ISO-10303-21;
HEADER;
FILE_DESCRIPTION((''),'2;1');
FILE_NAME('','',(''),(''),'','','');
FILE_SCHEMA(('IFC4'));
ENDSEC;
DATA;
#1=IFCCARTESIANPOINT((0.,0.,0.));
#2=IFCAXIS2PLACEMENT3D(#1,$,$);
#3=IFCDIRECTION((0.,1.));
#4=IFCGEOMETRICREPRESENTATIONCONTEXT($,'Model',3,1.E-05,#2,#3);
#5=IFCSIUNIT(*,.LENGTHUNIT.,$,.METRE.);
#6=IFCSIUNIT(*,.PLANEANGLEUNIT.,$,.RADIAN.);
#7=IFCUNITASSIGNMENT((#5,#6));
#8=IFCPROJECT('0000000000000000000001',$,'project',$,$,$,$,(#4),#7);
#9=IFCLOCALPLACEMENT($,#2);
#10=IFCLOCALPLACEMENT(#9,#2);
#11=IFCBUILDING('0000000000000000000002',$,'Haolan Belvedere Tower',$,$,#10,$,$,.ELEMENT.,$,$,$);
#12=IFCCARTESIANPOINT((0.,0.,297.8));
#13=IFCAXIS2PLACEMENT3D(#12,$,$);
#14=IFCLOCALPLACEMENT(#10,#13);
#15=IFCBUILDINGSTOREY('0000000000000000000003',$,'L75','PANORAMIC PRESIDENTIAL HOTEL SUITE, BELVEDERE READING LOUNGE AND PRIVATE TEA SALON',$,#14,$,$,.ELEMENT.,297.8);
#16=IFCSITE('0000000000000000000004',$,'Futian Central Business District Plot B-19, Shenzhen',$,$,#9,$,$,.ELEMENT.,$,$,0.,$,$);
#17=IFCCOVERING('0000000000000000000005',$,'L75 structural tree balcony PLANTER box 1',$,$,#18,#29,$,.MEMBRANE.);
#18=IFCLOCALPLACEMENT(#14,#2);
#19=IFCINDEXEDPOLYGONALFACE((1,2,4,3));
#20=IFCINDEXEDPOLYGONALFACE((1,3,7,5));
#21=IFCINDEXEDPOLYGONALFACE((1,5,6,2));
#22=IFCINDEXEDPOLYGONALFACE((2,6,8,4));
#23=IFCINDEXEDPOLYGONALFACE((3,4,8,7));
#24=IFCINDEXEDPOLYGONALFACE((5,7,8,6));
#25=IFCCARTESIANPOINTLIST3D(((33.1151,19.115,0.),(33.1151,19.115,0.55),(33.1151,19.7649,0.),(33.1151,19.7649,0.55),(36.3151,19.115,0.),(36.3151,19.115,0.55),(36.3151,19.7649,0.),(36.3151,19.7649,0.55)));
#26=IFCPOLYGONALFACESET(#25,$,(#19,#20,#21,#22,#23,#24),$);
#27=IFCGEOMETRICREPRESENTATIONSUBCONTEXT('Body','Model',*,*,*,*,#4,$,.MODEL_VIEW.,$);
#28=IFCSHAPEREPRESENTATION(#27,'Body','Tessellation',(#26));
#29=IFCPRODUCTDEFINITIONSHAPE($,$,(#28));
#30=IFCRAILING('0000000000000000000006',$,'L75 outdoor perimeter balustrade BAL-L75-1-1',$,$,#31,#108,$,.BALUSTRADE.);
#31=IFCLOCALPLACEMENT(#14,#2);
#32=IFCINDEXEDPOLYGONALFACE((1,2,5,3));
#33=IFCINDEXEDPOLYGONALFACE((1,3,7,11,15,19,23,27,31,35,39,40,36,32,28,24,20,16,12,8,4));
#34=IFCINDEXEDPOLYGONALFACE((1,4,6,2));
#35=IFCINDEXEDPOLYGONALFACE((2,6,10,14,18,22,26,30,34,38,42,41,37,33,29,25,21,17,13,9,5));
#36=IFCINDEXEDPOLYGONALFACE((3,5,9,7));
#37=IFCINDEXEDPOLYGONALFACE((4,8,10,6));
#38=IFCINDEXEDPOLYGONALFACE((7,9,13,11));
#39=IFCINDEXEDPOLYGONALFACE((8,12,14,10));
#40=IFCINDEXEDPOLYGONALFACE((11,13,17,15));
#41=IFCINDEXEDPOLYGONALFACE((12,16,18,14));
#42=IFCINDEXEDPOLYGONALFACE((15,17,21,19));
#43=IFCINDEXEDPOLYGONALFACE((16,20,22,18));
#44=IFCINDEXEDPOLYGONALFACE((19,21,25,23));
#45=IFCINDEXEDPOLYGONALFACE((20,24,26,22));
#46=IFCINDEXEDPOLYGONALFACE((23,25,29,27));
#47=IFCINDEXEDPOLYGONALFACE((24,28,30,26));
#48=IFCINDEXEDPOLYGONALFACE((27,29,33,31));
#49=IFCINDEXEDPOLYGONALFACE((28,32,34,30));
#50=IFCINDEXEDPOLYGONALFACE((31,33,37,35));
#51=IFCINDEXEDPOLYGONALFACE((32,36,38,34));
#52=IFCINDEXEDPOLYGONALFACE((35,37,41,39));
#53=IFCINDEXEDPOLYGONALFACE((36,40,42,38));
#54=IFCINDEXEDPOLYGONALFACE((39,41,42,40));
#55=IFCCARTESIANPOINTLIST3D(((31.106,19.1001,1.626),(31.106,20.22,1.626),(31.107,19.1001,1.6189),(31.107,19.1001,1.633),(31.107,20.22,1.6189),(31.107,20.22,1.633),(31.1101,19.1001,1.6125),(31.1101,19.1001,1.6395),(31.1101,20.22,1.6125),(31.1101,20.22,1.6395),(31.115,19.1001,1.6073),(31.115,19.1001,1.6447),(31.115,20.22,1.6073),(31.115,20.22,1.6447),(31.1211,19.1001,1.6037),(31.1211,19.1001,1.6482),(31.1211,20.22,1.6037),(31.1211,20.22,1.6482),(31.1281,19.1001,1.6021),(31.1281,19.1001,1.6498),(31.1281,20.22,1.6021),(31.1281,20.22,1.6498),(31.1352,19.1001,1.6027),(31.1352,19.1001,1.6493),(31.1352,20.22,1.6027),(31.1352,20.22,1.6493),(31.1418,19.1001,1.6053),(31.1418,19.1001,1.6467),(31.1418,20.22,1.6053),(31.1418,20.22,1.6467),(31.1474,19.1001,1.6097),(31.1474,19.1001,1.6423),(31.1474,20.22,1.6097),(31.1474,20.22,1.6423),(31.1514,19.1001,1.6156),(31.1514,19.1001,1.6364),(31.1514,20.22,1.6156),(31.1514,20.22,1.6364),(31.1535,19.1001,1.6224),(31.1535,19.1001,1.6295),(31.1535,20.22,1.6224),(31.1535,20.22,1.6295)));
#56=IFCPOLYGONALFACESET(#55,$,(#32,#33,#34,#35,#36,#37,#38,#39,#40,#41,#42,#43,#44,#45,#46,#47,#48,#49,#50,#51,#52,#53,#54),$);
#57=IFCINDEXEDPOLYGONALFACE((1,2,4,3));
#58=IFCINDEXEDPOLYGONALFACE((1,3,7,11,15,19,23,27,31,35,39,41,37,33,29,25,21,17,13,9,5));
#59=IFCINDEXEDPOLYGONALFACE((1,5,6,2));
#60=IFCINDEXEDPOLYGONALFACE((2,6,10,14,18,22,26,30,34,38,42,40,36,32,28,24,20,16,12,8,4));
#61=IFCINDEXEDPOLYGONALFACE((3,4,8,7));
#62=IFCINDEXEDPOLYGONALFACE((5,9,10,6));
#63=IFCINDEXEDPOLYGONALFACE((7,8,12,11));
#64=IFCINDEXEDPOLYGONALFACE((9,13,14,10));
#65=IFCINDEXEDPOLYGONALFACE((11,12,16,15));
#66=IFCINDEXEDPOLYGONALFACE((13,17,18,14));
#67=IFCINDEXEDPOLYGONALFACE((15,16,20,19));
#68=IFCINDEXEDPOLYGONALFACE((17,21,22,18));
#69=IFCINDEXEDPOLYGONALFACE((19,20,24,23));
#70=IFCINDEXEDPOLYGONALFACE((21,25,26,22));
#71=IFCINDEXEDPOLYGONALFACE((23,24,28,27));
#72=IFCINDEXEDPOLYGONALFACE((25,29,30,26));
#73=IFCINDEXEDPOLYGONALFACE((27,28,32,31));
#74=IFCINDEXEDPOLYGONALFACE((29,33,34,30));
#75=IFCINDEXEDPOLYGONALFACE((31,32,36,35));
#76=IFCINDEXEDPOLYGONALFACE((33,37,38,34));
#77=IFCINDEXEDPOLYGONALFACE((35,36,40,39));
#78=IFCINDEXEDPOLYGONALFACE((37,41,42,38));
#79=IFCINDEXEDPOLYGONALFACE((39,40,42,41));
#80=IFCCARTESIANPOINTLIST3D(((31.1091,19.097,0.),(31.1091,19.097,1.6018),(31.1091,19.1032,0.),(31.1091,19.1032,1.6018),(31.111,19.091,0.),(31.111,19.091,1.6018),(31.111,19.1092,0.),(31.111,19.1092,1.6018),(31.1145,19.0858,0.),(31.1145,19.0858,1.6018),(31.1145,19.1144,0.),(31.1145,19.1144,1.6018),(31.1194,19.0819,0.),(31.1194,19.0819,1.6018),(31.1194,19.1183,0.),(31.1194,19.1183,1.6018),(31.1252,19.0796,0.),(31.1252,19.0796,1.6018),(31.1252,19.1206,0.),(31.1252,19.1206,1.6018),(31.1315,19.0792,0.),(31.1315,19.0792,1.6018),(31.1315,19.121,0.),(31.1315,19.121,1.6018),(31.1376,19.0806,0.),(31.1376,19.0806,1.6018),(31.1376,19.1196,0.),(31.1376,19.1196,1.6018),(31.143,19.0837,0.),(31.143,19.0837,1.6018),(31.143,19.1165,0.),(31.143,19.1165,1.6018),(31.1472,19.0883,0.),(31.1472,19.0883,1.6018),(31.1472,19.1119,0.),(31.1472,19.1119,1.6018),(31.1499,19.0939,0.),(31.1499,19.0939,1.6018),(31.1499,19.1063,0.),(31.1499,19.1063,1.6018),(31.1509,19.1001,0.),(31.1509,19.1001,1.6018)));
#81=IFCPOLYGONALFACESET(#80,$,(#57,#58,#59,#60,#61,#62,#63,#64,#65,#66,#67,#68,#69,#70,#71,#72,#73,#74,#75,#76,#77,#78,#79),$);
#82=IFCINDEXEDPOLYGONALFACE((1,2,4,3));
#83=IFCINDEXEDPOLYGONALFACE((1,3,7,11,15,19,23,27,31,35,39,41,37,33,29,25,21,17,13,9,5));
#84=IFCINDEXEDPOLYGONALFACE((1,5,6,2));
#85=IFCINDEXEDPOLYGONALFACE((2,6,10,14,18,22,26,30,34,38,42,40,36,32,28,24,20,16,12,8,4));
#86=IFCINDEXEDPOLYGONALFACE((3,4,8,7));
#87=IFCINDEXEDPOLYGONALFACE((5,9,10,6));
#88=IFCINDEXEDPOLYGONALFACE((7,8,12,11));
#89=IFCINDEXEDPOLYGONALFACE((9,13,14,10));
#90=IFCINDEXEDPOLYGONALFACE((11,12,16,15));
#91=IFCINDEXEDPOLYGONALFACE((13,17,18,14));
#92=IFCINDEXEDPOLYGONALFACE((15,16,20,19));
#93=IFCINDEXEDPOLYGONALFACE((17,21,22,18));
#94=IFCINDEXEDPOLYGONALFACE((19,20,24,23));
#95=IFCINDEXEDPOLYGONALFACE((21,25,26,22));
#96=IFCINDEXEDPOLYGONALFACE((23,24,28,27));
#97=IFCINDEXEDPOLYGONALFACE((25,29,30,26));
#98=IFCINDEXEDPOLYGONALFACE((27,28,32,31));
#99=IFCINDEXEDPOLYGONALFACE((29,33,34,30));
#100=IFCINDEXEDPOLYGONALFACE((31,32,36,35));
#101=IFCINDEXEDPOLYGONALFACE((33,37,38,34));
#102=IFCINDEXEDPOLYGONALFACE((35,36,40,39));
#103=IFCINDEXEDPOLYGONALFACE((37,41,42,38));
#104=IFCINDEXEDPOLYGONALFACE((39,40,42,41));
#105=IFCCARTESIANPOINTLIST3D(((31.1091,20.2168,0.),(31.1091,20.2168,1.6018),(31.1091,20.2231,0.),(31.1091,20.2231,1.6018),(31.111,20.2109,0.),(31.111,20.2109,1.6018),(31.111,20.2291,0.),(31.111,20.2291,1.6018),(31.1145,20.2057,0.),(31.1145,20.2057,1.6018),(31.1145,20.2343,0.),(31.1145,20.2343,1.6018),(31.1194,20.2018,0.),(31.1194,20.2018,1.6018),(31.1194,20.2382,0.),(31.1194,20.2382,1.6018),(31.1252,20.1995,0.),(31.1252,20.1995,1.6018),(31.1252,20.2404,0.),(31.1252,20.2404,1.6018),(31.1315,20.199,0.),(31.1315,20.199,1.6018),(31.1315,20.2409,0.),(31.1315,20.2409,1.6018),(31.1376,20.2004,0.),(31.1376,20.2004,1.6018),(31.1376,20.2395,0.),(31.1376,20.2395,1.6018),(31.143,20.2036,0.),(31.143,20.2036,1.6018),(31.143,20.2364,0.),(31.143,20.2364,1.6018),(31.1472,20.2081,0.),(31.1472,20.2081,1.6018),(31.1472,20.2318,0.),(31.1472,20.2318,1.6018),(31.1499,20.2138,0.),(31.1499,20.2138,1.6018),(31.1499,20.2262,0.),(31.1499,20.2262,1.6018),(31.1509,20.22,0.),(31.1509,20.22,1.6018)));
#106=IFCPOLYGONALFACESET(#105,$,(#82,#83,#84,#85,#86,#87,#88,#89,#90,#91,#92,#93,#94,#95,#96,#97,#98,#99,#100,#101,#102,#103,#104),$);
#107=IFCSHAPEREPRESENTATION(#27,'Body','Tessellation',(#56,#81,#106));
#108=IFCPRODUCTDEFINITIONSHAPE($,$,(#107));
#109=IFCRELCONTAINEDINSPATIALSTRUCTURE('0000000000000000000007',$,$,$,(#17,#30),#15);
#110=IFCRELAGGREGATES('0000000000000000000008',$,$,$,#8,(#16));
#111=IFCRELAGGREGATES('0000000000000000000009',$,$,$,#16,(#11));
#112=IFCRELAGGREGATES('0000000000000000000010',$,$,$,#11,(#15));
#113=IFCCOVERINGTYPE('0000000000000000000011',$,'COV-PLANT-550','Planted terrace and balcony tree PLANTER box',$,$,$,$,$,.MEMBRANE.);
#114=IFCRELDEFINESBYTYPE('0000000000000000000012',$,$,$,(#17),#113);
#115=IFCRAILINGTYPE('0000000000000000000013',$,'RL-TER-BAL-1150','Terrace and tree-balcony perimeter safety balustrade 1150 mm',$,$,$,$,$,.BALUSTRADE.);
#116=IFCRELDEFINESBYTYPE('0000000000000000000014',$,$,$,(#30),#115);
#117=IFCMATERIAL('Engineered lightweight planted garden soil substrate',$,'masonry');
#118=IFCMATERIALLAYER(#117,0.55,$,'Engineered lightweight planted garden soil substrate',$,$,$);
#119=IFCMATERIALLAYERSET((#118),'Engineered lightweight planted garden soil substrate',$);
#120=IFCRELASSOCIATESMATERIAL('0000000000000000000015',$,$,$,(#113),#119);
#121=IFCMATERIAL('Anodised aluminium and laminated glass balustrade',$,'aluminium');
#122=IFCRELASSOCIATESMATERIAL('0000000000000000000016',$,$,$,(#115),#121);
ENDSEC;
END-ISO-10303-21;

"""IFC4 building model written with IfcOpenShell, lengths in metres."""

from ifc_helpers import new_model, si_unit, direction, frame, origin, origin_2d, place, context, subcontext, project, spatial, rectangle, circle, extrude, material, layer, layer_set, type_object, element, save


model = new_model("IFC4")

# Units and contexts
model_context = context("Model", 3, precision=1e-05, world=origin(), true_north=direction((0.0, 1.0)))
body_context = subcontext(model_context, "Body", "Model", "MODEL_VIEW")
ifc_project = project(units=[si_unit("LENGTHUNIT", "METRE"), si_unit("PLANEANGLEUNIT", "RADIAN")], contexts=[model_context])

# Site, building, storey
site_placement = place(None, origin())
site = spatial("IfcSite", under=ifc_project, at=site_placement, Name="Futian Central Business District Plot B-19, Shenzhen", CompositionType="ELEMENT", RefElevation=0.0)
building_placement = place(site_placement, origin())
building = spatial("IfcBuilding", under=site, at=building_placement, Name="Haolan Belvedere Tower", CompositionType="ELEMENT")
storey_placement = place(building_placement, frame((0.0, 0.0, 297.8)))
storey = spatial("IfcBuildingStorey", under=building, at=storey_placement, Name="L75", Description="PANORAMIC PRESIDENTIAL HOTEL SUITE, BELVEDERE READING LOUNGE AND PRIVATE TEA SALON", CompositionType="ELEMENT", Elevation=297.8)

# Covering
ifc_material_1 = material(Name="Engineered lightweight planted garden soil substrate", Category="masonry")
ifc_layer_1 = layer(ifc_material_1, 0.55, Name="Engineered lightweight planted garden soil substrate")
ifc_layer_set_1 = layer_set([ifc_layer_1], Name="Engineered lightweight planted garden soil substrate")
covering_type = type_object("IfcCoveringType", Name="COV-PLANT-550", Description="Planted terrace and balcony tree PLANTER box", PredefinedType="MEMBRANE", material=ifc_layer_set_1)
covering_placement = place(storey_placement, frame((34.7151, 19.4399, 0.0), z_axis=(0.0, 0.0, 1.0), x_axis=(1.0, 0.0, 0.0)))
element("IfcCovering", 1, at=covering_placement, inside=storey, type_object=covering_type, Name="L75 structural tree balcony PLANTER box 1", PredefinedType="MEMBRANE", context=body_context, shape_type="SweptSolid", body=[
    extrude(rectangle(XDim=3.2, YDim=0.6499, at=origin_2d()), origin(), (0.0, 0.0, 1.0), 0.55),
])

# Railing
ifc_material_2 = material(Name="Anodised aluminium and laminated glass balustrade", Category="aluminium")
railing_type = type_object("IfcRailingType", Name="RL-TER-BAL-1150", Description="Terrace and tree-balcony perimeter safety balustrade 1150 mm", PredefinedType="BALUSTRADE", material=ifc_material_2)
railing_1_placement = place(storey_placement, frame((31.1299, 19.1001, 0.0)))
element("IfcRailing", 2, at=railing_1_placement, inside=storey, type_object=railing_type, Name="L75 outdoor perimeter balustrade BAL-L75-1-1", PredefinedType="BALUSTRADE", context=body_context, shape_type="SweptSolid", body=[
    extrude(circle(Radius=0.0239, at=origin_2d()), frame((0.0, 0.0, 1.626), z_axis=(0.0, 1.0, 0.0), x_axis=(-1.0, 0.0, 0.0)), (0.0, 0.0, 1.0), 1.1199),
    extrude(circle(Radius=0.021, at=origin_2d()), origin(), (0.0, 0.0, 1.0), 1.6018),
    extrude(circle(Radius=0.021, at=origin_2d()), frame((0.0, 1.1199, 0.0)), (0.0, 0.0, 1.0), 1.6018),
])

save(model, "model.ifc")
